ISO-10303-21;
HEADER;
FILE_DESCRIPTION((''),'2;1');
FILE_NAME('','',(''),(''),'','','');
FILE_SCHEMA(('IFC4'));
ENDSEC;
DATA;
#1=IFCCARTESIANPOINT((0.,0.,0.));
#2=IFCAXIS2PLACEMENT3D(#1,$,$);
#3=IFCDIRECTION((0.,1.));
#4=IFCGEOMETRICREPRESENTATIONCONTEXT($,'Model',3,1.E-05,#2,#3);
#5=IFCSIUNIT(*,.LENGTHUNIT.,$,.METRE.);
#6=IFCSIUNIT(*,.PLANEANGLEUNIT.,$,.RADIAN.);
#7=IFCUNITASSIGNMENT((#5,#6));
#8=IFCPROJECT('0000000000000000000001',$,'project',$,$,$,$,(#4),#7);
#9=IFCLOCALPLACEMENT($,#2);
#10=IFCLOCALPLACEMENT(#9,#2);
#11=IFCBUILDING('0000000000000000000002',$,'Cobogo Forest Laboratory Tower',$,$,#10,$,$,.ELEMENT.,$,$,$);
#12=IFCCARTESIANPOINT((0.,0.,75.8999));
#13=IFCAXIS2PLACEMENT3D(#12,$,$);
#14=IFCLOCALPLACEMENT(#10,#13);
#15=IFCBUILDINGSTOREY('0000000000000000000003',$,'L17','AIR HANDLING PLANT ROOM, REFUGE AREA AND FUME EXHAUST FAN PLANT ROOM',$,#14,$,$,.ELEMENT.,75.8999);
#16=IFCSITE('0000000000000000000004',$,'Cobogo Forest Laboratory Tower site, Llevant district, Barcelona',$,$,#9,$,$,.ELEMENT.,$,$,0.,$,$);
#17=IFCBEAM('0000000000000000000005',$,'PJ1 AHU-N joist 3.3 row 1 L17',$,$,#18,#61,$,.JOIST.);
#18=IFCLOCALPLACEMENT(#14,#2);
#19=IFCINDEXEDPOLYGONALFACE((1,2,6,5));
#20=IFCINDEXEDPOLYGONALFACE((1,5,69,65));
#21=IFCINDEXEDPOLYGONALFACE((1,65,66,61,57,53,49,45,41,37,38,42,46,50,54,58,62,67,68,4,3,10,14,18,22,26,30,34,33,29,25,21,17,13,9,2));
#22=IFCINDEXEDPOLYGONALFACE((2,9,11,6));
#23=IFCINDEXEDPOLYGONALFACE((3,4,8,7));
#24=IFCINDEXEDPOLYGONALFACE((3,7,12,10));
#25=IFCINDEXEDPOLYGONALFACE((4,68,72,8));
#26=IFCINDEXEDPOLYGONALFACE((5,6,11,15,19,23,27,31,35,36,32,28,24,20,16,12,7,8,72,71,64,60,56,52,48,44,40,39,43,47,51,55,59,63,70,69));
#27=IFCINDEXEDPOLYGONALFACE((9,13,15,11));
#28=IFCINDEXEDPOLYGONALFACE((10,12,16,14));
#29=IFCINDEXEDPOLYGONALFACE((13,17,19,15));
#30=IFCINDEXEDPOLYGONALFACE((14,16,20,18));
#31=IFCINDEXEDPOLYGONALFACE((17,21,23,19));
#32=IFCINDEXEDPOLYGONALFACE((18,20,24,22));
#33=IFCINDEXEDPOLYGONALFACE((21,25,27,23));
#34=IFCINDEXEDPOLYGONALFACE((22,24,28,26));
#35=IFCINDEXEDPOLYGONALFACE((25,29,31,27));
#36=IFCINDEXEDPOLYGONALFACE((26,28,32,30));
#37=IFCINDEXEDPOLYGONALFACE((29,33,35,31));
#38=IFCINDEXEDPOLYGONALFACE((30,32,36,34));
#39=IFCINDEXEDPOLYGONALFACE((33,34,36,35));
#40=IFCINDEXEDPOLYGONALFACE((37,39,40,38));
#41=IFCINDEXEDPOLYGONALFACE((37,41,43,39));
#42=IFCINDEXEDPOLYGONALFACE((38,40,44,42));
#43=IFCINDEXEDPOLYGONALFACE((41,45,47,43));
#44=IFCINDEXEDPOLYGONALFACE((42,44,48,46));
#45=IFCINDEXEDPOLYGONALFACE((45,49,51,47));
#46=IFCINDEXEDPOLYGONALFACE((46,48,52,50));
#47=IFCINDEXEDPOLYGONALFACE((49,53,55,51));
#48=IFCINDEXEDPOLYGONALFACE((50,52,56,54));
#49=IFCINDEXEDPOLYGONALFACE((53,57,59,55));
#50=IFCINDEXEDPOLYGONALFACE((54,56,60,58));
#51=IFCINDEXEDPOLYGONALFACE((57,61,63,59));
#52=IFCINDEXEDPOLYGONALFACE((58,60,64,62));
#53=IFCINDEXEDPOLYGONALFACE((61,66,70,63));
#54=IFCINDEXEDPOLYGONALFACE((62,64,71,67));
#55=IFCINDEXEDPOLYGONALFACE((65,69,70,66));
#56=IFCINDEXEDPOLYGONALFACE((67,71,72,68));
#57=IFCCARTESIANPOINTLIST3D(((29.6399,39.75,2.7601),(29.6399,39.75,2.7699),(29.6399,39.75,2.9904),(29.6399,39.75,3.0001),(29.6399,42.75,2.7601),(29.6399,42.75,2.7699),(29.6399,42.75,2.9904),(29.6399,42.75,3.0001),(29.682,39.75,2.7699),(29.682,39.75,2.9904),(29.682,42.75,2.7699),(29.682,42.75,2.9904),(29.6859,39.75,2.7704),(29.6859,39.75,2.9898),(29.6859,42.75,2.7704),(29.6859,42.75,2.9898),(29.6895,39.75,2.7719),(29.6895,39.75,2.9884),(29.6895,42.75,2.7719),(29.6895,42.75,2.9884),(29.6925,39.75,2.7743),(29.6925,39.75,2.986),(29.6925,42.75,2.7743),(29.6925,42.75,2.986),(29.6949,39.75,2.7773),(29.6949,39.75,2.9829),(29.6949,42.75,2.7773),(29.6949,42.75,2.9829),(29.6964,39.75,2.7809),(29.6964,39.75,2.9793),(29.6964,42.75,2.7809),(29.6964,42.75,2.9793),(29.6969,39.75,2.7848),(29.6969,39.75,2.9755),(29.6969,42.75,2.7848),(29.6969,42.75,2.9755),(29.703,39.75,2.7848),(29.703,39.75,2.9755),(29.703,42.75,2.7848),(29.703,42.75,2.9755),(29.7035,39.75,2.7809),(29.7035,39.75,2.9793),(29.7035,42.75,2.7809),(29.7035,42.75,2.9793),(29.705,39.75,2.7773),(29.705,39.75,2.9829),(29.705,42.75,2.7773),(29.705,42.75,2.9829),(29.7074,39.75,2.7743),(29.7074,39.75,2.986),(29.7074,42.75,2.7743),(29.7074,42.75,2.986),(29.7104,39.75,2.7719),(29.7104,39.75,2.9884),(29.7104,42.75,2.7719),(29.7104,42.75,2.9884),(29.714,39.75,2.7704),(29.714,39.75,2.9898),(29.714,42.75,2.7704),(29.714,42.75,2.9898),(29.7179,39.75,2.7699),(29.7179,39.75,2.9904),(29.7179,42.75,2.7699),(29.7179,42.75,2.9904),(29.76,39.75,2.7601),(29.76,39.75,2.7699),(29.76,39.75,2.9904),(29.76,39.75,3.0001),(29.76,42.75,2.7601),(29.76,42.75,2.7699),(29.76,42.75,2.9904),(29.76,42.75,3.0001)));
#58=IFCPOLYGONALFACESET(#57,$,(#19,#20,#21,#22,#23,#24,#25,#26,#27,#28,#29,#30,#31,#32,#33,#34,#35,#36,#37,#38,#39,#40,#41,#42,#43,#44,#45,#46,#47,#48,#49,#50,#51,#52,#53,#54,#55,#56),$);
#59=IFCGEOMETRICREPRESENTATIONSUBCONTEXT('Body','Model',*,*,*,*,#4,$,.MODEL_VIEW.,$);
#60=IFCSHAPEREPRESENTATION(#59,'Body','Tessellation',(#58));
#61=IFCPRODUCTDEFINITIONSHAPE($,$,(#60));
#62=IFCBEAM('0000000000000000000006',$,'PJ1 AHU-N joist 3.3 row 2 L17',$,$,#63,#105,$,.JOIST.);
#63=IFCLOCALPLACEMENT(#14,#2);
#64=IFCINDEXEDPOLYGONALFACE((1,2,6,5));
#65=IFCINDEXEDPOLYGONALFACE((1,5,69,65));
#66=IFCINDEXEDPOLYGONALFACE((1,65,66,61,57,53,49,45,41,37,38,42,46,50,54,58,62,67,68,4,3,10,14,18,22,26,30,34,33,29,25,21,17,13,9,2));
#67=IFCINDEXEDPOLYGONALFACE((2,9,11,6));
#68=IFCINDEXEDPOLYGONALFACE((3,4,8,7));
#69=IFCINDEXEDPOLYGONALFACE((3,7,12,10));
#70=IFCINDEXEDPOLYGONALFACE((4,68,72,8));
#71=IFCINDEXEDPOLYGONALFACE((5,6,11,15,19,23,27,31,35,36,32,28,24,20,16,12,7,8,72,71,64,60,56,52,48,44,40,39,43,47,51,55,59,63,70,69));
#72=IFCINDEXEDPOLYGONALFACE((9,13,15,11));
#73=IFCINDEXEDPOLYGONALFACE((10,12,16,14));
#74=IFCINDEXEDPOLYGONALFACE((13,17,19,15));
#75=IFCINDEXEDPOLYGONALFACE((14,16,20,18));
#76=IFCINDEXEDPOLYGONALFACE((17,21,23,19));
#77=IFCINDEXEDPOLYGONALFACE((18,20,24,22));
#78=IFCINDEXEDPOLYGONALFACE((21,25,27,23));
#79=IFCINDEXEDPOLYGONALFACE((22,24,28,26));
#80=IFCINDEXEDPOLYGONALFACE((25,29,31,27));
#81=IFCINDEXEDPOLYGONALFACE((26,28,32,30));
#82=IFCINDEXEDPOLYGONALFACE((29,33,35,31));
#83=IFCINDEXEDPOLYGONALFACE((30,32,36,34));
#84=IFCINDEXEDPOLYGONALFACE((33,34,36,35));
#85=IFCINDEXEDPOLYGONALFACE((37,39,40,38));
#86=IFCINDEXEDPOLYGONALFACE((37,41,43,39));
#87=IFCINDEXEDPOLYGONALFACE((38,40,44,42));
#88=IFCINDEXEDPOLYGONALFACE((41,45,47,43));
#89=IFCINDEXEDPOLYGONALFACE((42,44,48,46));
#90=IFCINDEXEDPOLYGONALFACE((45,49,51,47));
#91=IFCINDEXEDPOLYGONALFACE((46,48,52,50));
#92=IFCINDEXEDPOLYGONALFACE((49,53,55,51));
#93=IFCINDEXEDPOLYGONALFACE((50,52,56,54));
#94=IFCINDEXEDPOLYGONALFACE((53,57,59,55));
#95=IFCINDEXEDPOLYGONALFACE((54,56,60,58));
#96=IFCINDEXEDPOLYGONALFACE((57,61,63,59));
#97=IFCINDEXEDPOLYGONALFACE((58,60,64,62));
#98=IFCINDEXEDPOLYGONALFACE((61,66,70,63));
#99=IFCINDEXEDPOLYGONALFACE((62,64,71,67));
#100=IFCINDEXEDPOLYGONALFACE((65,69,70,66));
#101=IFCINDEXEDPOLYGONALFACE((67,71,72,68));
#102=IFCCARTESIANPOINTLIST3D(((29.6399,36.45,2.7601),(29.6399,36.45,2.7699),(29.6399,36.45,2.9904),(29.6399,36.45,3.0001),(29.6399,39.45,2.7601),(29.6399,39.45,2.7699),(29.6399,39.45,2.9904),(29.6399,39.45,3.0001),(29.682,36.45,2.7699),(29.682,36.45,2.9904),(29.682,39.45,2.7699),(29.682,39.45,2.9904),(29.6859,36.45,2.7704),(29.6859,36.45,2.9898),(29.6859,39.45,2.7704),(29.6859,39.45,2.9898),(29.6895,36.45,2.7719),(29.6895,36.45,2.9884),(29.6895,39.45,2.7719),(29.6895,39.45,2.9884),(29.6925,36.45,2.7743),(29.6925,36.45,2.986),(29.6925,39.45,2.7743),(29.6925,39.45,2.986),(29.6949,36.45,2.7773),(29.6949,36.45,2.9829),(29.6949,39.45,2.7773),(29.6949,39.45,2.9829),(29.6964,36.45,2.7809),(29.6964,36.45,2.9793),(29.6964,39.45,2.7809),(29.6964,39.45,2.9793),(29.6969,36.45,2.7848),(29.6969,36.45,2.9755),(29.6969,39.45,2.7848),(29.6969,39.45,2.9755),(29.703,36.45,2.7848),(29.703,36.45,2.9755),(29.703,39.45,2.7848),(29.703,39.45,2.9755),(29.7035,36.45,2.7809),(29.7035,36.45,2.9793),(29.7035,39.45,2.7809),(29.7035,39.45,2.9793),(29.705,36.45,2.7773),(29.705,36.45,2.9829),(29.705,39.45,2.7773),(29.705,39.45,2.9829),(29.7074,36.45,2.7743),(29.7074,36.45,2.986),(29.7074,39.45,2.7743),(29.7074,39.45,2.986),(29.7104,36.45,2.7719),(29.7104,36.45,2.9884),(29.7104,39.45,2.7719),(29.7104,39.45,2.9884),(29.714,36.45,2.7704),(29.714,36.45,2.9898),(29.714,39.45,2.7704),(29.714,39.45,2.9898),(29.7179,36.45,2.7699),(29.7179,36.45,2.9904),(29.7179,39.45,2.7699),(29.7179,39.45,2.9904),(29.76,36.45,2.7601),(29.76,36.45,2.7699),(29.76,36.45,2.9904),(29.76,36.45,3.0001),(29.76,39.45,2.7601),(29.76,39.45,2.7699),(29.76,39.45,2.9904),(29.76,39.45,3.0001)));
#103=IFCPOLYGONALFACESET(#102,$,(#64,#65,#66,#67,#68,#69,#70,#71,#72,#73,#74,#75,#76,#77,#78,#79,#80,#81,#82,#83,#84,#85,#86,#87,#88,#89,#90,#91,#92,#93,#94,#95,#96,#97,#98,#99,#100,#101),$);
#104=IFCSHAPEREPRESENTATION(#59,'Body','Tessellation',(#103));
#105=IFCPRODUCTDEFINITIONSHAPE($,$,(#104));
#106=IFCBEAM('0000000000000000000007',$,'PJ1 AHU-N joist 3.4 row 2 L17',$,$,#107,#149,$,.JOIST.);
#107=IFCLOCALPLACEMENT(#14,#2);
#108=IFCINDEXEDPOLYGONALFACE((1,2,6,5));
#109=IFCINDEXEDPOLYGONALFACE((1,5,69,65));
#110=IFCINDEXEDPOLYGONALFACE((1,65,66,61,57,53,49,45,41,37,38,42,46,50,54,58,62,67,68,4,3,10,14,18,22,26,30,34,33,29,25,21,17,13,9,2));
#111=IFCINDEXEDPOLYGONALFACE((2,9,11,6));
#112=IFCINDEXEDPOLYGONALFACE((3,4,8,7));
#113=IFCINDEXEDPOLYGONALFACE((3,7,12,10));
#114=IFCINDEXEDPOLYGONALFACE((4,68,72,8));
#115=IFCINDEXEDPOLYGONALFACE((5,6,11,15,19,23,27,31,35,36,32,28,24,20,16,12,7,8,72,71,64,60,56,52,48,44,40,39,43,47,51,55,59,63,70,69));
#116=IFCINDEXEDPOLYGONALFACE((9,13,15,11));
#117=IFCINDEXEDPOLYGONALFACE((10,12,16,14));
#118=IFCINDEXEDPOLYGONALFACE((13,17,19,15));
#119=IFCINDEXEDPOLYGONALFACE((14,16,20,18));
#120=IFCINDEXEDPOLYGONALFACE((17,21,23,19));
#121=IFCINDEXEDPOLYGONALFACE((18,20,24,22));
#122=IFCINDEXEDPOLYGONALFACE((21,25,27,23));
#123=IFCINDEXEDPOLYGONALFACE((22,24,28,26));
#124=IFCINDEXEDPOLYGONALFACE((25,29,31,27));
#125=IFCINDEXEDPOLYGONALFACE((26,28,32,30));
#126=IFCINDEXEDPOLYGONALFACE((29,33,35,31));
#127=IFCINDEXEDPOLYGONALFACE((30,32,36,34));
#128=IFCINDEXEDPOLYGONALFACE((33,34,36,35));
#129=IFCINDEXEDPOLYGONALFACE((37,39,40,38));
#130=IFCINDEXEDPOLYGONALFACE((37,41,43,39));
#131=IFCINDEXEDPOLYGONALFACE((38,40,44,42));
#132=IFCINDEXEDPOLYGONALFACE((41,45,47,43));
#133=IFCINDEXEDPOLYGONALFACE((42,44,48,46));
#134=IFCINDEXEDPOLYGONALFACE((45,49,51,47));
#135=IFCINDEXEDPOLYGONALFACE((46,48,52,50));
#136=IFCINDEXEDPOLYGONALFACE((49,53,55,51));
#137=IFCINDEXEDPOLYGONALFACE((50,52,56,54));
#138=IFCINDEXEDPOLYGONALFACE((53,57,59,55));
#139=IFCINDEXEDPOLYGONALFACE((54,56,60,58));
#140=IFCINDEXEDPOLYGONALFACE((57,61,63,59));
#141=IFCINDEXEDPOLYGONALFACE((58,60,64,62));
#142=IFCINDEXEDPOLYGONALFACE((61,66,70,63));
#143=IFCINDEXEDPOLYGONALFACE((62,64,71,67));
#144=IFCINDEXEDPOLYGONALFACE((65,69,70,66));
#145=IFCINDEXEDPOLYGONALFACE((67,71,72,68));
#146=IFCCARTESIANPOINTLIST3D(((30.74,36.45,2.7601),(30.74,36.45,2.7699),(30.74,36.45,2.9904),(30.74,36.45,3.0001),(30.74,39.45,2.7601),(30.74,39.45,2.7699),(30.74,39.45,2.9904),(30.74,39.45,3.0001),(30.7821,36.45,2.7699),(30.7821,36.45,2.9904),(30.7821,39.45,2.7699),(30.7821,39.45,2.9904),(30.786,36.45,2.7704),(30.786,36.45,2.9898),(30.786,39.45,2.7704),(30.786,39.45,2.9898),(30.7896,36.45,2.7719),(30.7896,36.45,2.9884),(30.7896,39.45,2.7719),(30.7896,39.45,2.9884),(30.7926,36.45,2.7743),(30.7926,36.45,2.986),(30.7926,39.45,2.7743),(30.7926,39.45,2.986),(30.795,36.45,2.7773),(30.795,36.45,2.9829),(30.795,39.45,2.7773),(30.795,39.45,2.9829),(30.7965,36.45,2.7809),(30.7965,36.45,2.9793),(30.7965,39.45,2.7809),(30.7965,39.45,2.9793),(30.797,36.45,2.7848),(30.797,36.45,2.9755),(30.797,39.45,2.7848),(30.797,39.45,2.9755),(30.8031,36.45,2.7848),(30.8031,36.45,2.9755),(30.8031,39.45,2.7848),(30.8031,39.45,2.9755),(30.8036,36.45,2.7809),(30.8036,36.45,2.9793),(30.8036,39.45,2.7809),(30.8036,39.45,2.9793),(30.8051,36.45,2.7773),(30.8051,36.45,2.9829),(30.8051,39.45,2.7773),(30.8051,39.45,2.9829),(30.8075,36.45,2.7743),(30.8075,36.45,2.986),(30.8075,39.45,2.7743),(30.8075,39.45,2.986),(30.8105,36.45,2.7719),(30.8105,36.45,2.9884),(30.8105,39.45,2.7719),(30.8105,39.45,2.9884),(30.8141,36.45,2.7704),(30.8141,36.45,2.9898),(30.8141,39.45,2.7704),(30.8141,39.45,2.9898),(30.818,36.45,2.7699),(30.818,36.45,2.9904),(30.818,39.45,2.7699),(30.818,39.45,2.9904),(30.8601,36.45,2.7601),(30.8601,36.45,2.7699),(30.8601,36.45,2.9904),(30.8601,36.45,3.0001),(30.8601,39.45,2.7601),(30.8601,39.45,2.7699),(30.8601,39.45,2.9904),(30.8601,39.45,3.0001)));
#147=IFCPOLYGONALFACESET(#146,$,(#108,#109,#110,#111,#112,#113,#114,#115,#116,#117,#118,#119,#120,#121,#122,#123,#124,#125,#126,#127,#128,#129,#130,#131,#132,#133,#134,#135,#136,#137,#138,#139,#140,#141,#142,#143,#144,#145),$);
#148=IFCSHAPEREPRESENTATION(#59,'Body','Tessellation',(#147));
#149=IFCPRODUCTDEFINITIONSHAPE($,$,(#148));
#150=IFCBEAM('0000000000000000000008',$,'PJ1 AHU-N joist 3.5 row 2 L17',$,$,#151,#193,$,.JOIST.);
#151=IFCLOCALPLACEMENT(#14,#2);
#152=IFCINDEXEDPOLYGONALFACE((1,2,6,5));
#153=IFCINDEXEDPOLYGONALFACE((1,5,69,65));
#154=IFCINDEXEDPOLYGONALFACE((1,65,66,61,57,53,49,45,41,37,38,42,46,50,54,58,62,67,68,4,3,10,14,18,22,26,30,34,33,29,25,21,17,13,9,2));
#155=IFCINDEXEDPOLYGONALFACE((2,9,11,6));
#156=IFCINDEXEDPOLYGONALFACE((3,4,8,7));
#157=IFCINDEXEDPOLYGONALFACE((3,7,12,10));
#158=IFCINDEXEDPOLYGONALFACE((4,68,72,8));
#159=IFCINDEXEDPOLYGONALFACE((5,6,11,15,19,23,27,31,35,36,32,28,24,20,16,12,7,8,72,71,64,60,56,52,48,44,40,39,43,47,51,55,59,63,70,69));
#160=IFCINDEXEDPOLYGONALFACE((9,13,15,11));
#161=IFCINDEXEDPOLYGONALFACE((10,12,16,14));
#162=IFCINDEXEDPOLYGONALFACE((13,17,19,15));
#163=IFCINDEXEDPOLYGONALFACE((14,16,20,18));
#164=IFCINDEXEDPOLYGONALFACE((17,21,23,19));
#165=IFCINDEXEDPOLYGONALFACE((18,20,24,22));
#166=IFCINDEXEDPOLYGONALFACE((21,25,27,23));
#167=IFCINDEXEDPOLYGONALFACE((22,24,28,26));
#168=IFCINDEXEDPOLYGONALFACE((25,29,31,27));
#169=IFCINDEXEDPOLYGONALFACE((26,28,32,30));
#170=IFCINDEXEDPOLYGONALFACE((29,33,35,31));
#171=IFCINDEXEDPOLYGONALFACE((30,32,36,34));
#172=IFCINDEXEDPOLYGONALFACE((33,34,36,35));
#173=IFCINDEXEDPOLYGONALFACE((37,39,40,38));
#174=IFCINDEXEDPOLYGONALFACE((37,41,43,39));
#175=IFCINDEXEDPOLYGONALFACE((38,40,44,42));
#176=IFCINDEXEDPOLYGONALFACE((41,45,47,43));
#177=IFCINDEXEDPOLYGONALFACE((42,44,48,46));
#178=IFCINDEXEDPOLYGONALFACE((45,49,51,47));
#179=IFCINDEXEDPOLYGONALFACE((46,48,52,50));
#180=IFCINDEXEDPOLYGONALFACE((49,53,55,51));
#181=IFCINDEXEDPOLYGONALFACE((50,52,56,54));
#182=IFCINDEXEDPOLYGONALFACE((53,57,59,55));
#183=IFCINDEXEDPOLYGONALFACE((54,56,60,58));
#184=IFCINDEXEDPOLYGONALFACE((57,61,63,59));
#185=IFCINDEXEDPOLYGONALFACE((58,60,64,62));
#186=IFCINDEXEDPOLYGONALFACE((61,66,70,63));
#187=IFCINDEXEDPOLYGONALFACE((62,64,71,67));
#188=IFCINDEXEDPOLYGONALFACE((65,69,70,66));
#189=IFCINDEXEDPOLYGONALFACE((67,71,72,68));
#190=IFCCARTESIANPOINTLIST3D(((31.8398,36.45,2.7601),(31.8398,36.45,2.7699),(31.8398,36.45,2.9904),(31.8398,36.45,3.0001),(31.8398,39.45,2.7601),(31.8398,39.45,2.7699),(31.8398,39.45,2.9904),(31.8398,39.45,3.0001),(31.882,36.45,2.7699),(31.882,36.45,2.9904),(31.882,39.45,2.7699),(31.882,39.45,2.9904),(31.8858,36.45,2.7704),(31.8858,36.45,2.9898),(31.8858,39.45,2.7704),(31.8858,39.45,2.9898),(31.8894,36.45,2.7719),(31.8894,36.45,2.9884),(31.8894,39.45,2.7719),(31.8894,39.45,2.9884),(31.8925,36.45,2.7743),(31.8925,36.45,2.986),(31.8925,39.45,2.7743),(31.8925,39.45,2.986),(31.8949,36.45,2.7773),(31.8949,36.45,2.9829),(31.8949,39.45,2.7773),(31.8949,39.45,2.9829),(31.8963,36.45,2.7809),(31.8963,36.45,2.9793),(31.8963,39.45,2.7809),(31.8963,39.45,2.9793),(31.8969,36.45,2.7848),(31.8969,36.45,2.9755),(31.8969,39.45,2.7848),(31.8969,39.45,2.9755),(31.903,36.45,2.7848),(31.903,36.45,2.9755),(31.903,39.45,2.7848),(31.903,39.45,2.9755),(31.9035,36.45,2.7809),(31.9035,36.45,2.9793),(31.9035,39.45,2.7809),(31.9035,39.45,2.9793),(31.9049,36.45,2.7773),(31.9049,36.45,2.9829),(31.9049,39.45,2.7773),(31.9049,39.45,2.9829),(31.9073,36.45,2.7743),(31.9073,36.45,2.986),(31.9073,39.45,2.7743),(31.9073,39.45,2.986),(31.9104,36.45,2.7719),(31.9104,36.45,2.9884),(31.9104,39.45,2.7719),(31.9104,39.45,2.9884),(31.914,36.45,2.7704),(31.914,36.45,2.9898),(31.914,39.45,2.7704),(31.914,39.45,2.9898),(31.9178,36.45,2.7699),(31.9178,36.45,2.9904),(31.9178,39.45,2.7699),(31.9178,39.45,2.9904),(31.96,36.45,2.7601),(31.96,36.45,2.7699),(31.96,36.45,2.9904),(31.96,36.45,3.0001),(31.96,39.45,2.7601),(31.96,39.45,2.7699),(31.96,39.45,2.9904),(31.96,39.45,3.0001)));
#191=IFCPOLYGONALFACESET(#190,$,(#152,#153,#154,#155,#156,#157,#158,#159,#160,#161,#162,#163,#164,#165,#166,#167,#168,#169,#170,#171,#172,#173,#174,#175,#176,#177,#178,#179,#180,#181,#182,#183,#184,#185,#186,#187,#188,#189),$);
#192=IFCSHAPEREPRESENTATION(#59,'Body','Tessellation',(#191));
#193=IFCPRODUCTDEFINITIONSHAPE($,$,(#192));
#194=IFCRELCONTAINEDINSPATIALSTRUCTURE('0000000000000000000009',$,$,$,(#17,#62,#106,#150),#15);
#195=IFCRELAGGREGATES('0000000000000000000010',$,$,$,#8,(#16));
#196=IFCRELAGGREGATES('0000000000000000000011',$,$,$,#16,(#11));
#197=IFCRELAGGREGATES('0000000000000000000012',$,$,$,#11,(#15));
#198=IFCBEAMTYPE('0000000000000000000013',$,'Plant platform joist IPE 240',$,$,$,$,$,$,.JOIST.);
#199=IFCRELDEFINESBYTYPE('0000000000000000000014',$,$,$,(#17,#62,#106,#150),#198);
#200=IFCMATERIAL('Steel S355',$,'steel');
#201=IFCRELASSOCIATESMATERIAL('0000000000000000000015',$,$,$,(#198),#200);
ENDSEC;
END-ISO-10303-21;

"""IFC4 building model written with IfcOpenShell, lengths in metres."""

from ifc_helpers import new_model, si_unit, direction, frame, origin, origin_2d, place, context, subcontext, project, spatial, i_section, extrude, material, material_profile, profile_set, type_object, element, save


model = new_model("IFC4")

# Units and contexts
model_context = context("Model", 3, precision=1e-05, world=origin(), true_north=direction((0.0, 1.0)))
body_context = subcontext(model_context, "Body", "Model", "MODEL_VIEW")
ifc_project = project(units=[si_unit("LENGTHUNIT", "METRE"), si_unit("PLANEANGLEUNIT", "RADIAN")], contexts=[model_context])

# Site, building, storey
site_placement = place(None, origin())
site = spatial("IfcSite", under=ifc_project, at=site_placement, Name="Cobogo Forest Laboratory Tower site, Llevant district, Barcelona", CompositionType="ELEMENT", RefElevation=0.0)
building_placement = place(site_placement, origin())
building = spatial("IfcBuilding", under=site, at=building_placement, Name="Cobogo Forest Laboratory Tower", CompositionType="ELEMENT")
storey_placement = place(building_placement, frame((0.0, 0.0, 75.8999)))
storey = spatial("IfcBuildingStorey", under=building, at=storey_placement, Name="L17", Description="AIR HANDLING PLANT ROOM, REFUGE AREA AND FUME EXHAUST FAN PLANT ROOM", CompositionType="ELEMENT", Elevation=75.8999)

# Beams
ifc_material = material(Name="Steel S355", Category="steel")
ifc_material_profile_1 = material_profile(ifc_material, i_section(OverallWidth=0.1201, OverallDepth=0.24, WebThickness=0.0061, FlangeThickness=0.0098, FilletRadius=0.0149, at=origin_2d()), Name="IPE 240")
ifc_profile_set_1 = profile_set([ifc_material_profile_1], Name="Steel S355")
beam_type_1 = type_object("IfcBeamType", Name="Plant platform joist IPE 240", PredefinedType="JOIST", material=ifc_profile_set_1)
for number, where, z_axis, x_axis, name in (
    (1, (29.7, 42.75, 2.8801), (0.0, -1.0, 0.0), (1.0, 0.0, 0.0), "PJ1 AHU-N joist 3.3 row 1 L17"),
    (2, (29.7, 39.45, 2.8801), (0.0, -1.0, 0.0), (1.0, 0.0, 0.0), "PJ1 AHU-N joist 3.3 row 2 L17"),
    (3, (30.8, 39.45, 2.8801), (0.0, -1.0, 0.0), (1.0, 0.0, 0.0), "PJ1 AHU-N joist 3.4 row 2 L17"),
    (4, (31.8999, 39.45, 2.8801), (0.0, -1.0, 0.0), (1.0, 0.0, 0.0), "PJ1 AHU-N joist 3.5 row 2 L17"),
):
    element("IfcBeam", number, at=place(storey_placement, frame(where, z_axis=z_axis, x_axis=x_axis)), inside=storey, type_object=beam_type_1, Name=name, PredefinedType="JOIST", context=body_context, shape_type="SweptSolid", body=[
        extrude(i_section(OverallWidth=0.1201, OverallDepth=0.24, WebThickness=0.0061, FlangeThickness=0.0098, FilletRadius=0.0149, at=origin_2d()), origin(), (0.0, 0.0, 1.0), 3.0),
    ])

save(model, "model.ifc")
